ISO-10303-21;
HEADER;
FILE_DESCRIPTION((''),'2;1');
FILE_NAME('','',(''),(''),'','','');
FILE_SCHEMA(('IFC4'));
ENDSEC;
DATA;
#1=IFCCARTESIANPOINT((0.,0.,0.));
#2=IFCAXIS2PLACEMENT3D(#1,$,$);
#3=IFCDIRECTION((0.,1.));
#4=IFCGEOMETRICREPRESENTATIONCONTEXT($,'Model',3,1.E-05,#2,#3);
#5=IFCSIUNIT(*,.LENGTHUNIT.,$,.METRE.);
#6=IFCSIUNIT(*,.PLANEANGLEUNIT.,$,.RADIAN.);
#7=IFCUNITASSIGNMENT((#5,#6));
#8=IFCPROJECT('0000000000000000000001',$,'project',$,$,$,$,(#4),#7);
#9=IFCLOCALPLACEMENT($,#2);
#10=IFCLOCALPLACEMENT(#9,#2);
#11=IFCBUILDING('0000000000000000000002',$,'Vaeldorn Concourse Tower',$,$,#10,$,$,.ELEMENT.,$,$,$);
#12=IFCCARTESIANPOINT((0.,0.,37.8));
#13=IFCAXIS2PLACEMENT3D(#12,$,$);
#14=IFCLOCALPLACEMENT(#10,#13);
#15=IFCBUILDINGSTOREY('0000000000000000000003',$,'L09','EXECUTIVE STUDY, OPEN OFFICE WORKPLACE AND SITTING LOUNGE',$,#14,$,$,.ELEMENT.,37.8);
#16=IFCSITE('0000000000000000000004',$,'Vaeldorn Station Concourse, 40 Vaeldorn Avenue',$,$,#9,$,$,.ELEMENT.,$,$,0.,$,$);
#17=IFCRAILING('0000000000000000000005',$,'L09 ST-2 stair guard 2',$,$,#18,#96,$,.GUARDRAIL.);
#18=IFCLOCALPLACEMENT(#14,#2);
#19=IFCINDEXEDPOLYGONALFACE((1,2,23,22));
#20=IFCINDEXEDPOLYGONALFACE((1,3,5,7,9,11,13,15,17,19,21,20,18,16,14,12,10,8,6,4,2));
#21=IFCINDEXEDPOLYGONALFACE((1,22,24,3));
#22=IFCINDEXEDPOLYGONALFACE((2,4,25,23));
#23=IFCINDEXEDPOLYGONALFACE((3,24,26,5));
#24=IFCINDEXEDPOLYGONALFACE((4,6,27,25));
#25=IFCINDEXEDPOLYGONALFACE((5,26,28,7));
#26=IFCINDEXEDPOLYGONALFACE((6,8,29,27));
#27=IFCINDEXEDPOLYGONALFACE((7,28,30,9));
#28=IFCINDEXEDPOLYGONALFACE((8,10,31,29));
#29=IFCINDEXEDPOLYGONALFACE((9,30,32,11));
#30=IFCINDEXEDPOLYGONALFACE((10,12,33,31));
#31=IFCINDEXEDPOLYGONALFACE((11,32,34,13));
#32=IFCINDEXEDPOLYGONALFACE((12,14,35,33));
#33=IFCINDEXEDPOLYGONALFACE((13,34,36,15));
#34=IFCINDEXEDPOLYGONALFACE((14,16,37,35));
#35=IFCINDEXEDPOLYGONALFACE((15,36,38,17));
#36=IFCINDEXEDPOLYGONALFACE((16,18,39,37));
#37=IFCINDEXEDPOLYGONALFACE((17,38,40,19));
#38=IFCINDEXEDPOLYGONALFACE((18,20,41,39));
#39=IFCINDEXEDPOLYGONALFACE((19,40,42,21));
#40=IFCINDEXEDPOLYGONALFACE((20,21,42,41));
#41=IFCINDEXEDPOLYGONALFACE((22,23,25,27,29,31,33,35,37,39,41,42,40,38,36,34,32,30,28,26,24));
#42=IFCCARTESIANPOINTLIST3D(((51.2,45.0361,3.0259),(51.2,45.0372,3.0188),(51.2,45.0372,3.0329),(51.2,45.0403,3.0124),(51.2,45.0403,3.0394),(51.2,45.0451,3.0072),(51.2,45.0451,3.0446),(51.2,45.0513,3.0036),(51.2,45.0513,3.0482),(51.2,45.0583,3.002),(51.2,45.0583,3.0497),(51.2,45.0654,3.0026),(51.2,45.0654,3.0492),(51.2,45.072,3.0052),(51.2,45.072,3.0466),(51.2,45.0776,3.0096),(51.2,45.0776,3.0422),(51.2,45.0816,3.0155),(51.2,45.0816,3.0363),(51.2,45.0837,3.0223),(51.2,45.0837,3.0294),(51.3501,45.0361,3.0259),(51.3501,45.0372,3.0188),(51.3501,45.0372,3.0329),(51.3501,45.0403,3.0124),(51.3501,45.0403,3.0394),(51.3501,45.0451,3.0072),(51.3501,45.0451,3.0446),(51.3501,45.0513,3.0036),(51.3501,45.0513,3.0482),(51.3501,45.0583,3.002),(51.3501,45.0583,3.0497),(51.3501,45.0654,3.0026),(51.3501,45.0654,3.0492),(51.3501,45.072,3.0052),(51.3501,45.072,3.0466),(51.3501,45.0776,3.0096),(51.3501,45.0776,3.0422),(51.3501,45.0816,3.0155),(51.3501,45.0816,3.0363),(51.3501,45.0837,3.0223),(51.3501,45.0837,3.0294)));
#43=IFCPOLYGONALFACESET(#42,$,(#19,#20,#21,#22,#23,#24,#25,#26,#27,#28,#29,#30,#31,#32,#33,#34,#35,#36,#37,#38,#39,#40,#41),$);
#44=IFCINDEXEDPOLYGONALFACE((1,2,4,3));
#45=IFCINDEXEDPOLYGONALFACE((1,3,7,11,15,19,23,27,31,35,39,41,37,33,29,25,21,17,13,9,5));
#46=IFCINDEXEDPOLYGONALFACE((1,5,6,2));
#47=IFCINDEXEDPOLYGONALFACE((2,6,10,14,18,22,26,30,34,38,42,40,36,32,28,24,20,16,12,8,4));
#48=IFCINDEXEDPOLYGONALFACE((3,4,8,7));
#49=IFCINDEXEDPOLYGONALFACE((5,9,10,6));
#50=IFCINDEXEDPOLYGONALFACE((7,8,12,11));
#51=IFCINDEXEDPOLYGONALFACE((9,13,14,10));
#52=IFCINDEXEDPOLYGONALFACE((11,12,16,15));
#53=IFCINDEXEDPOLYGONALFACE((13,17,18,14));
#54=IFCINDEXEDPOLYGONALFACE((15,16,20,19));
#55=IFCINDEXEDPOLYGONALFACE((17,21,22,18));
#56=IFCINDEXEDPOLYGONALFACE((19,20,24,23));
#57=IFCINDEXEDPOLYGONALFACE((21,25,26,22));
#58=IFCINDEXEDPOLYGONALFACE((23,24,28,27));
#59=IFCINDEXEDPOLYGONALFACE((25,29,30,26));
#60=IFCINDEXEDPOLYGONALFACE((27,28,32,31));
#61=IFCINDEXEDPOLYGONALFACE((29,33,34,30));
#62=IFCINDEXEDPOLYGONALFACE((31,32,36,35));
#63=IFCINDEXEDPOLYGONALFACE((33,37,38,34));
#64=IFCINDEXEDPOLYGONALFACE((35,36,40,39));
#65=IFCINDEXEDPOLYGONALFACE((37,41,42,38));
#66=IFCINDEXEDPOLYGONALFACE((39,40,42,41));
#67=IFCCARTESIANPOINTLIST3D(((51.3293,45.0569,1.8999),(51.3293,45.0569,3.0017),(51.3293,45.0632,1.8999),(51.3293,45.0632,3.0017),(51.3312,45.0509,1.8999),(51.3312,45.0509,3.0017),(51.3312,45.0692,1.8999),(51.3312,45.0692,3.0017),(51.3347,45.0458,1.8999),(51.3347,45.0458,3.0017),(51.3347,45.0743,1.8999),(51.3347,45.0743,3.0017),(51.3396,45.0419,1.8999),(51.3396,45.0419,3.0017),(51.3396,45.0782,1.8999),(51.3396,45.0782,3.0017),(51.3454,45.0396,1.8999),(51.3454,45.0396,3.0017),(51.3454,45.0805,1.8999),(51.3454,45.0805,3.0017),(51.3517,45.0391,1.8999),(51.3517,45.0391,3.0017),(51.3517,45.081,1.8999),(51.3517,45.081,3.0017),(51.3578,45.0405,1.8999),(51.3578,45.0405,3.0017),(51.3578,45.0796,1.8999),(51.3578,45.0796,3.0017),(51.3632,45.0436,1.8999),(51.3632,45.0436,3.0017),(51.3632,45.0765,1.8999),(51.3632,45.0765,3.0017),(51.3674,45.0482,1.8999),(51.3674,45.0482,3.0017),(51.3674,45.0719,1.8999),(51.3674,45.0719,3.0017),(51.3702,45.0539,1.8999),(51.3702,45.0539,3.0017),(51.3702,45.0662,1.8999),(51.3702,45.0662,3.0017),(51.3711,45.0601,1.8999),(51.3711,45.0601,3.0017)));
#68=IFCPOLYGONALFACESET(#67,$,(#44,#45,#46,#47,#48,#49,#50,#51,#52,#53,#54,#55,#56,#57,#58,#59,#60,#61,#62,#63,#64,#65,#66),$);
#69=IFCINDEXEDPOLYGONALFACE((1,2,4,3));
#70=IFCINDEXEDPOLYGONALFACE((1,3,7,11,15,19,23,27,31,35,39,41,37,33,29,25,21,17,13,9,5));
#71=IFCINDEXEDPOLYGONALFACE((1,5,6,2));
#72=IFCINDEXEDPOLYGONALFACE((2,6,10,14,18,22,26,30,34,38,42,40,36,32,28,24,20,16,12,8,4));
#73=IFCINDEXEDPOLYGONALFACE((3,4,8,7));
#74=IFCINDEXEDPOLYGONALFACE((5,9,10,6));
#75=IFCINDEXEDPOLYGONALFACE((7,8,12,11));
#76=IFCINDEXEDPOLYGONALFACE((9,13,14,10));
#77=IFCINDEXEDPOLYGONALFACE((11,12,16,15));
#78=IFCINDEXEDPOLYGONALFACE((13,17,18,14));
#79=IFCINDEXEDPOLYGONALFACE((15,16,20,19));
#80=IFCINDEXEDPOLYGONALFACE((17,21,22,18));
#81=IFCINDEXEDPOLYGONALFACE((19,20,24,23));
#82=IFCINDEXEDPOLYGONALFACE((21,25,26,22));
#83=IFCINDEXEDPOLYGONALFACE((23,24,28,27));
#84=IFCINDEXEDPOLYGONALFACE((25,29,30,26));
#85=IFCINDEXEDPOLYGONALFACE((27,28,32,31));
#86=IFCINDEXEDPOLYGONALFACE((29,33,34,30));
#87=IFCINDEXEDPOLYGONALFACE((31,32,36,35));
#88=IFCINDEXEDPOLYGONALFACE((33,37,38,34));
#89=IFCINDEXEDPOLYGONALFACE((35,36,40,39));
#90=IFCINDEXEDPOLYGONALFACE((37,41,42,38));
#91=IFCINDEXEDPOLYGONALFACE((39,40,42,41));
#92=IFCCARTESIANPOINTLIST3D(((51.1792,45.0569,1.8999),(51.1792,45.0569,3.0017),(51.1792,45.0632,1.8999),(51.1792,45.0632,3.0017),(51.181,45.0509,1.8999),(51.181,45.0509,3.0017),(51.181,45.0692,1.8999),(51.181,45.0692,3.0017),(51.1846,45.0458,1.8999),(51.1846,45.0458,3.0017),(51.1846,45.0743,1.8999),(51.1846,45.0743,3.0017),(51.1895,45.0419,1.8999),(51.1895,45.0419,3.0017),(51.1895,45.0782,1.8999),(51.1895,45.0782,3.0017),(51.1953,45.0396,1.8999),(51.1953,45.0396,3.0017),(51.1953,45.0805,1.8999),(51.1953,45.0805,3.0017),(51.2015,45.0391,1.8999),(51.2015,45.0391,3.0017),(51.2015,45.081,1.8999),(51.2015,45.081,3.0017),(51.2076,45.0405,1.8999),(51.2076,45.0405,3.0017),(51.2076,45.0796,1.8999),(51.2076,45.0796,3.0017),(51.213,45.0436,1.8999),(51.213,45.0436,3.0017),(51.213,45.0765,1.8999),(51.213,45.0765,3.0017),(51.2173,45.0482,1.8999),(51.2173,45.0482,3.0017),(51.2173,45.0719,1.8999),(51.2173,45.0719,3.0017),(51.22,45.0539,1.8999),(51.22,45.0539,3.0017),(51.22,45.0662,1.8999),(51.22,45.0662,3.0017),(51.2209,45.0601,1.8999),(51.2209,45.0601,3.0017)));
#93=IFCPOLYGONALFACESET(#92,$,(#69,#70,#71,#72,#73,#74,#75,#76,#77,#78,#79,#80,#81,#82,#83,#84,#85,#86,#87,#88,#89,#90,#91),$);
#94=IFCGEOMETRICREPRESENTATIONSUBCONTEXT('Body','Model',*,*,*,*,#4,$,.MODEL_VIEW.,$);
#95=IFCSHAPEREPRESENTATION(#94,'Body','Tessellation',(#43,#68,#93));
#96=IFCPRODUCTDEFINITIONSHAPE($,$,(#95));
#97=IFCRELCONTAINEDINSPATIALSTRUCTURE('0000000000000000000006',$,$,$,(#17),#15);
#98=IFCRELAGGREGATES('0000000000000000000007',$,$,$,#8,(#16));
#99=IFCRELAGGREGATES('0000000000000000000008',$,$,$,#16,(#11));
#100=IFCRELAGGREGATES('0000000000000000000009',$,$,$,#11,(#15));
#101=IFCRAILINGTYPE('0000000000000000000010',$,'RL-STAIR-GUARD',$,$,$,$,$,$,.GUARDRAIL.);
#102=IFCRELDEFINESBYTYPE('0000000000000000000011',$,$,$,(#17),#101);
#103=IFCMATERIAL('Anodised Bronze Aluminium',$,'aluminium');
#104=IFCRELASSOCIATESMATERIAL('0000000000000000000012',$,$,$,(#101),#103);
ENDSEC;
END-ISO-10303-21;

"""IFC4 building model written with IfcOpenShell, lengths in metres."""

from ifc_helpers import new_model, si_unit, direction, frame, origin, origin_2d, place, context, subcontext, project, spatial, circle, extrude, material, type_object, element, save


model = new_model("IFC4")

# Units and contexts
model_context = context("Model", 3, precision=1e-05, world=origin(), true_north=direction((0.0, 1.0)))
body_context = subcontext(model_context, "Body", "Model", "MODEL_VIEW")
ifc_project = project(units=[si_unit("LENGTHUNIT", "METRE"), si_unit("PLANEANGLEUNIT", "RADIAN")], contexts=[model_context])

# Site, building, storey
site_placement = place(None, origin())
site = spatial("IfcSite", under=ifc_project, at=site_placement, Name="Vaeldorn Station Concourse, 40 Vaeldorn Avenue", CompositionType="ELEMENT", RefElevation=0.0)
building_placement = place(site_placement, origin())
building = spatial("IfcBuilding", under=site, at=building_placement, Name="Vaeldorn Concourse Tower", CompositionType="ELEMENT")
storey_placement = place(building_placement, frame((0.0, 0.0, 37.8)))
storey = spatial("IfcBuildingStorey", under=building, at=storey_placement, Name="L09", Description="EXECUTIVE STUDY, OPEN OFFICE WORKPLACE AND SITTING LOUNGE", CompositionType="ELEMENT", Elevation=37.8)

# Shared definitions
ifc_material_1 = material(Name="Anodised Bronze Aluminium", Category="aluminium")

# Railing
railing_type_1 = type_object("IfcRailingType", Name="RL-STAIR-GUARD", PredefinedType="GUARDRAIL", material=ifc_material_1)
railing_1_placement = place(storey_placement, frame((51.3501, 45.0601, 1.8999)))
element("IfcRailing", 1, at=railing_1_placement, inside=storey, type_object=railing_type_1, Name="L09 ST-2 stair guard 2", PredefinedType="GUARDRAIL", context=body_context, shape_type="SweptSolid", body=[
    extrude(circle(Radius=0.0239, at=origin_2d()), frame((0.0, 0.0, 1.126), z_axis=(-1.0, 0.0, 0.0), x_axis=(0.0, -1.0, 0.0)), (0.0, 0.0, 1.0), 0.1501),
    extrude(circle(Radius=0.021, at=origin_2d()), origin(), (0.0, 0.0, 1.0), 1.1018),
    extrude(circle(Radius=0.021, at=origin_2d()), frame((-0.1501, 0.0, 0.0)), (0.0, 0.0, 1.0), 1.1018),
])

save(model, "model.ifc")
